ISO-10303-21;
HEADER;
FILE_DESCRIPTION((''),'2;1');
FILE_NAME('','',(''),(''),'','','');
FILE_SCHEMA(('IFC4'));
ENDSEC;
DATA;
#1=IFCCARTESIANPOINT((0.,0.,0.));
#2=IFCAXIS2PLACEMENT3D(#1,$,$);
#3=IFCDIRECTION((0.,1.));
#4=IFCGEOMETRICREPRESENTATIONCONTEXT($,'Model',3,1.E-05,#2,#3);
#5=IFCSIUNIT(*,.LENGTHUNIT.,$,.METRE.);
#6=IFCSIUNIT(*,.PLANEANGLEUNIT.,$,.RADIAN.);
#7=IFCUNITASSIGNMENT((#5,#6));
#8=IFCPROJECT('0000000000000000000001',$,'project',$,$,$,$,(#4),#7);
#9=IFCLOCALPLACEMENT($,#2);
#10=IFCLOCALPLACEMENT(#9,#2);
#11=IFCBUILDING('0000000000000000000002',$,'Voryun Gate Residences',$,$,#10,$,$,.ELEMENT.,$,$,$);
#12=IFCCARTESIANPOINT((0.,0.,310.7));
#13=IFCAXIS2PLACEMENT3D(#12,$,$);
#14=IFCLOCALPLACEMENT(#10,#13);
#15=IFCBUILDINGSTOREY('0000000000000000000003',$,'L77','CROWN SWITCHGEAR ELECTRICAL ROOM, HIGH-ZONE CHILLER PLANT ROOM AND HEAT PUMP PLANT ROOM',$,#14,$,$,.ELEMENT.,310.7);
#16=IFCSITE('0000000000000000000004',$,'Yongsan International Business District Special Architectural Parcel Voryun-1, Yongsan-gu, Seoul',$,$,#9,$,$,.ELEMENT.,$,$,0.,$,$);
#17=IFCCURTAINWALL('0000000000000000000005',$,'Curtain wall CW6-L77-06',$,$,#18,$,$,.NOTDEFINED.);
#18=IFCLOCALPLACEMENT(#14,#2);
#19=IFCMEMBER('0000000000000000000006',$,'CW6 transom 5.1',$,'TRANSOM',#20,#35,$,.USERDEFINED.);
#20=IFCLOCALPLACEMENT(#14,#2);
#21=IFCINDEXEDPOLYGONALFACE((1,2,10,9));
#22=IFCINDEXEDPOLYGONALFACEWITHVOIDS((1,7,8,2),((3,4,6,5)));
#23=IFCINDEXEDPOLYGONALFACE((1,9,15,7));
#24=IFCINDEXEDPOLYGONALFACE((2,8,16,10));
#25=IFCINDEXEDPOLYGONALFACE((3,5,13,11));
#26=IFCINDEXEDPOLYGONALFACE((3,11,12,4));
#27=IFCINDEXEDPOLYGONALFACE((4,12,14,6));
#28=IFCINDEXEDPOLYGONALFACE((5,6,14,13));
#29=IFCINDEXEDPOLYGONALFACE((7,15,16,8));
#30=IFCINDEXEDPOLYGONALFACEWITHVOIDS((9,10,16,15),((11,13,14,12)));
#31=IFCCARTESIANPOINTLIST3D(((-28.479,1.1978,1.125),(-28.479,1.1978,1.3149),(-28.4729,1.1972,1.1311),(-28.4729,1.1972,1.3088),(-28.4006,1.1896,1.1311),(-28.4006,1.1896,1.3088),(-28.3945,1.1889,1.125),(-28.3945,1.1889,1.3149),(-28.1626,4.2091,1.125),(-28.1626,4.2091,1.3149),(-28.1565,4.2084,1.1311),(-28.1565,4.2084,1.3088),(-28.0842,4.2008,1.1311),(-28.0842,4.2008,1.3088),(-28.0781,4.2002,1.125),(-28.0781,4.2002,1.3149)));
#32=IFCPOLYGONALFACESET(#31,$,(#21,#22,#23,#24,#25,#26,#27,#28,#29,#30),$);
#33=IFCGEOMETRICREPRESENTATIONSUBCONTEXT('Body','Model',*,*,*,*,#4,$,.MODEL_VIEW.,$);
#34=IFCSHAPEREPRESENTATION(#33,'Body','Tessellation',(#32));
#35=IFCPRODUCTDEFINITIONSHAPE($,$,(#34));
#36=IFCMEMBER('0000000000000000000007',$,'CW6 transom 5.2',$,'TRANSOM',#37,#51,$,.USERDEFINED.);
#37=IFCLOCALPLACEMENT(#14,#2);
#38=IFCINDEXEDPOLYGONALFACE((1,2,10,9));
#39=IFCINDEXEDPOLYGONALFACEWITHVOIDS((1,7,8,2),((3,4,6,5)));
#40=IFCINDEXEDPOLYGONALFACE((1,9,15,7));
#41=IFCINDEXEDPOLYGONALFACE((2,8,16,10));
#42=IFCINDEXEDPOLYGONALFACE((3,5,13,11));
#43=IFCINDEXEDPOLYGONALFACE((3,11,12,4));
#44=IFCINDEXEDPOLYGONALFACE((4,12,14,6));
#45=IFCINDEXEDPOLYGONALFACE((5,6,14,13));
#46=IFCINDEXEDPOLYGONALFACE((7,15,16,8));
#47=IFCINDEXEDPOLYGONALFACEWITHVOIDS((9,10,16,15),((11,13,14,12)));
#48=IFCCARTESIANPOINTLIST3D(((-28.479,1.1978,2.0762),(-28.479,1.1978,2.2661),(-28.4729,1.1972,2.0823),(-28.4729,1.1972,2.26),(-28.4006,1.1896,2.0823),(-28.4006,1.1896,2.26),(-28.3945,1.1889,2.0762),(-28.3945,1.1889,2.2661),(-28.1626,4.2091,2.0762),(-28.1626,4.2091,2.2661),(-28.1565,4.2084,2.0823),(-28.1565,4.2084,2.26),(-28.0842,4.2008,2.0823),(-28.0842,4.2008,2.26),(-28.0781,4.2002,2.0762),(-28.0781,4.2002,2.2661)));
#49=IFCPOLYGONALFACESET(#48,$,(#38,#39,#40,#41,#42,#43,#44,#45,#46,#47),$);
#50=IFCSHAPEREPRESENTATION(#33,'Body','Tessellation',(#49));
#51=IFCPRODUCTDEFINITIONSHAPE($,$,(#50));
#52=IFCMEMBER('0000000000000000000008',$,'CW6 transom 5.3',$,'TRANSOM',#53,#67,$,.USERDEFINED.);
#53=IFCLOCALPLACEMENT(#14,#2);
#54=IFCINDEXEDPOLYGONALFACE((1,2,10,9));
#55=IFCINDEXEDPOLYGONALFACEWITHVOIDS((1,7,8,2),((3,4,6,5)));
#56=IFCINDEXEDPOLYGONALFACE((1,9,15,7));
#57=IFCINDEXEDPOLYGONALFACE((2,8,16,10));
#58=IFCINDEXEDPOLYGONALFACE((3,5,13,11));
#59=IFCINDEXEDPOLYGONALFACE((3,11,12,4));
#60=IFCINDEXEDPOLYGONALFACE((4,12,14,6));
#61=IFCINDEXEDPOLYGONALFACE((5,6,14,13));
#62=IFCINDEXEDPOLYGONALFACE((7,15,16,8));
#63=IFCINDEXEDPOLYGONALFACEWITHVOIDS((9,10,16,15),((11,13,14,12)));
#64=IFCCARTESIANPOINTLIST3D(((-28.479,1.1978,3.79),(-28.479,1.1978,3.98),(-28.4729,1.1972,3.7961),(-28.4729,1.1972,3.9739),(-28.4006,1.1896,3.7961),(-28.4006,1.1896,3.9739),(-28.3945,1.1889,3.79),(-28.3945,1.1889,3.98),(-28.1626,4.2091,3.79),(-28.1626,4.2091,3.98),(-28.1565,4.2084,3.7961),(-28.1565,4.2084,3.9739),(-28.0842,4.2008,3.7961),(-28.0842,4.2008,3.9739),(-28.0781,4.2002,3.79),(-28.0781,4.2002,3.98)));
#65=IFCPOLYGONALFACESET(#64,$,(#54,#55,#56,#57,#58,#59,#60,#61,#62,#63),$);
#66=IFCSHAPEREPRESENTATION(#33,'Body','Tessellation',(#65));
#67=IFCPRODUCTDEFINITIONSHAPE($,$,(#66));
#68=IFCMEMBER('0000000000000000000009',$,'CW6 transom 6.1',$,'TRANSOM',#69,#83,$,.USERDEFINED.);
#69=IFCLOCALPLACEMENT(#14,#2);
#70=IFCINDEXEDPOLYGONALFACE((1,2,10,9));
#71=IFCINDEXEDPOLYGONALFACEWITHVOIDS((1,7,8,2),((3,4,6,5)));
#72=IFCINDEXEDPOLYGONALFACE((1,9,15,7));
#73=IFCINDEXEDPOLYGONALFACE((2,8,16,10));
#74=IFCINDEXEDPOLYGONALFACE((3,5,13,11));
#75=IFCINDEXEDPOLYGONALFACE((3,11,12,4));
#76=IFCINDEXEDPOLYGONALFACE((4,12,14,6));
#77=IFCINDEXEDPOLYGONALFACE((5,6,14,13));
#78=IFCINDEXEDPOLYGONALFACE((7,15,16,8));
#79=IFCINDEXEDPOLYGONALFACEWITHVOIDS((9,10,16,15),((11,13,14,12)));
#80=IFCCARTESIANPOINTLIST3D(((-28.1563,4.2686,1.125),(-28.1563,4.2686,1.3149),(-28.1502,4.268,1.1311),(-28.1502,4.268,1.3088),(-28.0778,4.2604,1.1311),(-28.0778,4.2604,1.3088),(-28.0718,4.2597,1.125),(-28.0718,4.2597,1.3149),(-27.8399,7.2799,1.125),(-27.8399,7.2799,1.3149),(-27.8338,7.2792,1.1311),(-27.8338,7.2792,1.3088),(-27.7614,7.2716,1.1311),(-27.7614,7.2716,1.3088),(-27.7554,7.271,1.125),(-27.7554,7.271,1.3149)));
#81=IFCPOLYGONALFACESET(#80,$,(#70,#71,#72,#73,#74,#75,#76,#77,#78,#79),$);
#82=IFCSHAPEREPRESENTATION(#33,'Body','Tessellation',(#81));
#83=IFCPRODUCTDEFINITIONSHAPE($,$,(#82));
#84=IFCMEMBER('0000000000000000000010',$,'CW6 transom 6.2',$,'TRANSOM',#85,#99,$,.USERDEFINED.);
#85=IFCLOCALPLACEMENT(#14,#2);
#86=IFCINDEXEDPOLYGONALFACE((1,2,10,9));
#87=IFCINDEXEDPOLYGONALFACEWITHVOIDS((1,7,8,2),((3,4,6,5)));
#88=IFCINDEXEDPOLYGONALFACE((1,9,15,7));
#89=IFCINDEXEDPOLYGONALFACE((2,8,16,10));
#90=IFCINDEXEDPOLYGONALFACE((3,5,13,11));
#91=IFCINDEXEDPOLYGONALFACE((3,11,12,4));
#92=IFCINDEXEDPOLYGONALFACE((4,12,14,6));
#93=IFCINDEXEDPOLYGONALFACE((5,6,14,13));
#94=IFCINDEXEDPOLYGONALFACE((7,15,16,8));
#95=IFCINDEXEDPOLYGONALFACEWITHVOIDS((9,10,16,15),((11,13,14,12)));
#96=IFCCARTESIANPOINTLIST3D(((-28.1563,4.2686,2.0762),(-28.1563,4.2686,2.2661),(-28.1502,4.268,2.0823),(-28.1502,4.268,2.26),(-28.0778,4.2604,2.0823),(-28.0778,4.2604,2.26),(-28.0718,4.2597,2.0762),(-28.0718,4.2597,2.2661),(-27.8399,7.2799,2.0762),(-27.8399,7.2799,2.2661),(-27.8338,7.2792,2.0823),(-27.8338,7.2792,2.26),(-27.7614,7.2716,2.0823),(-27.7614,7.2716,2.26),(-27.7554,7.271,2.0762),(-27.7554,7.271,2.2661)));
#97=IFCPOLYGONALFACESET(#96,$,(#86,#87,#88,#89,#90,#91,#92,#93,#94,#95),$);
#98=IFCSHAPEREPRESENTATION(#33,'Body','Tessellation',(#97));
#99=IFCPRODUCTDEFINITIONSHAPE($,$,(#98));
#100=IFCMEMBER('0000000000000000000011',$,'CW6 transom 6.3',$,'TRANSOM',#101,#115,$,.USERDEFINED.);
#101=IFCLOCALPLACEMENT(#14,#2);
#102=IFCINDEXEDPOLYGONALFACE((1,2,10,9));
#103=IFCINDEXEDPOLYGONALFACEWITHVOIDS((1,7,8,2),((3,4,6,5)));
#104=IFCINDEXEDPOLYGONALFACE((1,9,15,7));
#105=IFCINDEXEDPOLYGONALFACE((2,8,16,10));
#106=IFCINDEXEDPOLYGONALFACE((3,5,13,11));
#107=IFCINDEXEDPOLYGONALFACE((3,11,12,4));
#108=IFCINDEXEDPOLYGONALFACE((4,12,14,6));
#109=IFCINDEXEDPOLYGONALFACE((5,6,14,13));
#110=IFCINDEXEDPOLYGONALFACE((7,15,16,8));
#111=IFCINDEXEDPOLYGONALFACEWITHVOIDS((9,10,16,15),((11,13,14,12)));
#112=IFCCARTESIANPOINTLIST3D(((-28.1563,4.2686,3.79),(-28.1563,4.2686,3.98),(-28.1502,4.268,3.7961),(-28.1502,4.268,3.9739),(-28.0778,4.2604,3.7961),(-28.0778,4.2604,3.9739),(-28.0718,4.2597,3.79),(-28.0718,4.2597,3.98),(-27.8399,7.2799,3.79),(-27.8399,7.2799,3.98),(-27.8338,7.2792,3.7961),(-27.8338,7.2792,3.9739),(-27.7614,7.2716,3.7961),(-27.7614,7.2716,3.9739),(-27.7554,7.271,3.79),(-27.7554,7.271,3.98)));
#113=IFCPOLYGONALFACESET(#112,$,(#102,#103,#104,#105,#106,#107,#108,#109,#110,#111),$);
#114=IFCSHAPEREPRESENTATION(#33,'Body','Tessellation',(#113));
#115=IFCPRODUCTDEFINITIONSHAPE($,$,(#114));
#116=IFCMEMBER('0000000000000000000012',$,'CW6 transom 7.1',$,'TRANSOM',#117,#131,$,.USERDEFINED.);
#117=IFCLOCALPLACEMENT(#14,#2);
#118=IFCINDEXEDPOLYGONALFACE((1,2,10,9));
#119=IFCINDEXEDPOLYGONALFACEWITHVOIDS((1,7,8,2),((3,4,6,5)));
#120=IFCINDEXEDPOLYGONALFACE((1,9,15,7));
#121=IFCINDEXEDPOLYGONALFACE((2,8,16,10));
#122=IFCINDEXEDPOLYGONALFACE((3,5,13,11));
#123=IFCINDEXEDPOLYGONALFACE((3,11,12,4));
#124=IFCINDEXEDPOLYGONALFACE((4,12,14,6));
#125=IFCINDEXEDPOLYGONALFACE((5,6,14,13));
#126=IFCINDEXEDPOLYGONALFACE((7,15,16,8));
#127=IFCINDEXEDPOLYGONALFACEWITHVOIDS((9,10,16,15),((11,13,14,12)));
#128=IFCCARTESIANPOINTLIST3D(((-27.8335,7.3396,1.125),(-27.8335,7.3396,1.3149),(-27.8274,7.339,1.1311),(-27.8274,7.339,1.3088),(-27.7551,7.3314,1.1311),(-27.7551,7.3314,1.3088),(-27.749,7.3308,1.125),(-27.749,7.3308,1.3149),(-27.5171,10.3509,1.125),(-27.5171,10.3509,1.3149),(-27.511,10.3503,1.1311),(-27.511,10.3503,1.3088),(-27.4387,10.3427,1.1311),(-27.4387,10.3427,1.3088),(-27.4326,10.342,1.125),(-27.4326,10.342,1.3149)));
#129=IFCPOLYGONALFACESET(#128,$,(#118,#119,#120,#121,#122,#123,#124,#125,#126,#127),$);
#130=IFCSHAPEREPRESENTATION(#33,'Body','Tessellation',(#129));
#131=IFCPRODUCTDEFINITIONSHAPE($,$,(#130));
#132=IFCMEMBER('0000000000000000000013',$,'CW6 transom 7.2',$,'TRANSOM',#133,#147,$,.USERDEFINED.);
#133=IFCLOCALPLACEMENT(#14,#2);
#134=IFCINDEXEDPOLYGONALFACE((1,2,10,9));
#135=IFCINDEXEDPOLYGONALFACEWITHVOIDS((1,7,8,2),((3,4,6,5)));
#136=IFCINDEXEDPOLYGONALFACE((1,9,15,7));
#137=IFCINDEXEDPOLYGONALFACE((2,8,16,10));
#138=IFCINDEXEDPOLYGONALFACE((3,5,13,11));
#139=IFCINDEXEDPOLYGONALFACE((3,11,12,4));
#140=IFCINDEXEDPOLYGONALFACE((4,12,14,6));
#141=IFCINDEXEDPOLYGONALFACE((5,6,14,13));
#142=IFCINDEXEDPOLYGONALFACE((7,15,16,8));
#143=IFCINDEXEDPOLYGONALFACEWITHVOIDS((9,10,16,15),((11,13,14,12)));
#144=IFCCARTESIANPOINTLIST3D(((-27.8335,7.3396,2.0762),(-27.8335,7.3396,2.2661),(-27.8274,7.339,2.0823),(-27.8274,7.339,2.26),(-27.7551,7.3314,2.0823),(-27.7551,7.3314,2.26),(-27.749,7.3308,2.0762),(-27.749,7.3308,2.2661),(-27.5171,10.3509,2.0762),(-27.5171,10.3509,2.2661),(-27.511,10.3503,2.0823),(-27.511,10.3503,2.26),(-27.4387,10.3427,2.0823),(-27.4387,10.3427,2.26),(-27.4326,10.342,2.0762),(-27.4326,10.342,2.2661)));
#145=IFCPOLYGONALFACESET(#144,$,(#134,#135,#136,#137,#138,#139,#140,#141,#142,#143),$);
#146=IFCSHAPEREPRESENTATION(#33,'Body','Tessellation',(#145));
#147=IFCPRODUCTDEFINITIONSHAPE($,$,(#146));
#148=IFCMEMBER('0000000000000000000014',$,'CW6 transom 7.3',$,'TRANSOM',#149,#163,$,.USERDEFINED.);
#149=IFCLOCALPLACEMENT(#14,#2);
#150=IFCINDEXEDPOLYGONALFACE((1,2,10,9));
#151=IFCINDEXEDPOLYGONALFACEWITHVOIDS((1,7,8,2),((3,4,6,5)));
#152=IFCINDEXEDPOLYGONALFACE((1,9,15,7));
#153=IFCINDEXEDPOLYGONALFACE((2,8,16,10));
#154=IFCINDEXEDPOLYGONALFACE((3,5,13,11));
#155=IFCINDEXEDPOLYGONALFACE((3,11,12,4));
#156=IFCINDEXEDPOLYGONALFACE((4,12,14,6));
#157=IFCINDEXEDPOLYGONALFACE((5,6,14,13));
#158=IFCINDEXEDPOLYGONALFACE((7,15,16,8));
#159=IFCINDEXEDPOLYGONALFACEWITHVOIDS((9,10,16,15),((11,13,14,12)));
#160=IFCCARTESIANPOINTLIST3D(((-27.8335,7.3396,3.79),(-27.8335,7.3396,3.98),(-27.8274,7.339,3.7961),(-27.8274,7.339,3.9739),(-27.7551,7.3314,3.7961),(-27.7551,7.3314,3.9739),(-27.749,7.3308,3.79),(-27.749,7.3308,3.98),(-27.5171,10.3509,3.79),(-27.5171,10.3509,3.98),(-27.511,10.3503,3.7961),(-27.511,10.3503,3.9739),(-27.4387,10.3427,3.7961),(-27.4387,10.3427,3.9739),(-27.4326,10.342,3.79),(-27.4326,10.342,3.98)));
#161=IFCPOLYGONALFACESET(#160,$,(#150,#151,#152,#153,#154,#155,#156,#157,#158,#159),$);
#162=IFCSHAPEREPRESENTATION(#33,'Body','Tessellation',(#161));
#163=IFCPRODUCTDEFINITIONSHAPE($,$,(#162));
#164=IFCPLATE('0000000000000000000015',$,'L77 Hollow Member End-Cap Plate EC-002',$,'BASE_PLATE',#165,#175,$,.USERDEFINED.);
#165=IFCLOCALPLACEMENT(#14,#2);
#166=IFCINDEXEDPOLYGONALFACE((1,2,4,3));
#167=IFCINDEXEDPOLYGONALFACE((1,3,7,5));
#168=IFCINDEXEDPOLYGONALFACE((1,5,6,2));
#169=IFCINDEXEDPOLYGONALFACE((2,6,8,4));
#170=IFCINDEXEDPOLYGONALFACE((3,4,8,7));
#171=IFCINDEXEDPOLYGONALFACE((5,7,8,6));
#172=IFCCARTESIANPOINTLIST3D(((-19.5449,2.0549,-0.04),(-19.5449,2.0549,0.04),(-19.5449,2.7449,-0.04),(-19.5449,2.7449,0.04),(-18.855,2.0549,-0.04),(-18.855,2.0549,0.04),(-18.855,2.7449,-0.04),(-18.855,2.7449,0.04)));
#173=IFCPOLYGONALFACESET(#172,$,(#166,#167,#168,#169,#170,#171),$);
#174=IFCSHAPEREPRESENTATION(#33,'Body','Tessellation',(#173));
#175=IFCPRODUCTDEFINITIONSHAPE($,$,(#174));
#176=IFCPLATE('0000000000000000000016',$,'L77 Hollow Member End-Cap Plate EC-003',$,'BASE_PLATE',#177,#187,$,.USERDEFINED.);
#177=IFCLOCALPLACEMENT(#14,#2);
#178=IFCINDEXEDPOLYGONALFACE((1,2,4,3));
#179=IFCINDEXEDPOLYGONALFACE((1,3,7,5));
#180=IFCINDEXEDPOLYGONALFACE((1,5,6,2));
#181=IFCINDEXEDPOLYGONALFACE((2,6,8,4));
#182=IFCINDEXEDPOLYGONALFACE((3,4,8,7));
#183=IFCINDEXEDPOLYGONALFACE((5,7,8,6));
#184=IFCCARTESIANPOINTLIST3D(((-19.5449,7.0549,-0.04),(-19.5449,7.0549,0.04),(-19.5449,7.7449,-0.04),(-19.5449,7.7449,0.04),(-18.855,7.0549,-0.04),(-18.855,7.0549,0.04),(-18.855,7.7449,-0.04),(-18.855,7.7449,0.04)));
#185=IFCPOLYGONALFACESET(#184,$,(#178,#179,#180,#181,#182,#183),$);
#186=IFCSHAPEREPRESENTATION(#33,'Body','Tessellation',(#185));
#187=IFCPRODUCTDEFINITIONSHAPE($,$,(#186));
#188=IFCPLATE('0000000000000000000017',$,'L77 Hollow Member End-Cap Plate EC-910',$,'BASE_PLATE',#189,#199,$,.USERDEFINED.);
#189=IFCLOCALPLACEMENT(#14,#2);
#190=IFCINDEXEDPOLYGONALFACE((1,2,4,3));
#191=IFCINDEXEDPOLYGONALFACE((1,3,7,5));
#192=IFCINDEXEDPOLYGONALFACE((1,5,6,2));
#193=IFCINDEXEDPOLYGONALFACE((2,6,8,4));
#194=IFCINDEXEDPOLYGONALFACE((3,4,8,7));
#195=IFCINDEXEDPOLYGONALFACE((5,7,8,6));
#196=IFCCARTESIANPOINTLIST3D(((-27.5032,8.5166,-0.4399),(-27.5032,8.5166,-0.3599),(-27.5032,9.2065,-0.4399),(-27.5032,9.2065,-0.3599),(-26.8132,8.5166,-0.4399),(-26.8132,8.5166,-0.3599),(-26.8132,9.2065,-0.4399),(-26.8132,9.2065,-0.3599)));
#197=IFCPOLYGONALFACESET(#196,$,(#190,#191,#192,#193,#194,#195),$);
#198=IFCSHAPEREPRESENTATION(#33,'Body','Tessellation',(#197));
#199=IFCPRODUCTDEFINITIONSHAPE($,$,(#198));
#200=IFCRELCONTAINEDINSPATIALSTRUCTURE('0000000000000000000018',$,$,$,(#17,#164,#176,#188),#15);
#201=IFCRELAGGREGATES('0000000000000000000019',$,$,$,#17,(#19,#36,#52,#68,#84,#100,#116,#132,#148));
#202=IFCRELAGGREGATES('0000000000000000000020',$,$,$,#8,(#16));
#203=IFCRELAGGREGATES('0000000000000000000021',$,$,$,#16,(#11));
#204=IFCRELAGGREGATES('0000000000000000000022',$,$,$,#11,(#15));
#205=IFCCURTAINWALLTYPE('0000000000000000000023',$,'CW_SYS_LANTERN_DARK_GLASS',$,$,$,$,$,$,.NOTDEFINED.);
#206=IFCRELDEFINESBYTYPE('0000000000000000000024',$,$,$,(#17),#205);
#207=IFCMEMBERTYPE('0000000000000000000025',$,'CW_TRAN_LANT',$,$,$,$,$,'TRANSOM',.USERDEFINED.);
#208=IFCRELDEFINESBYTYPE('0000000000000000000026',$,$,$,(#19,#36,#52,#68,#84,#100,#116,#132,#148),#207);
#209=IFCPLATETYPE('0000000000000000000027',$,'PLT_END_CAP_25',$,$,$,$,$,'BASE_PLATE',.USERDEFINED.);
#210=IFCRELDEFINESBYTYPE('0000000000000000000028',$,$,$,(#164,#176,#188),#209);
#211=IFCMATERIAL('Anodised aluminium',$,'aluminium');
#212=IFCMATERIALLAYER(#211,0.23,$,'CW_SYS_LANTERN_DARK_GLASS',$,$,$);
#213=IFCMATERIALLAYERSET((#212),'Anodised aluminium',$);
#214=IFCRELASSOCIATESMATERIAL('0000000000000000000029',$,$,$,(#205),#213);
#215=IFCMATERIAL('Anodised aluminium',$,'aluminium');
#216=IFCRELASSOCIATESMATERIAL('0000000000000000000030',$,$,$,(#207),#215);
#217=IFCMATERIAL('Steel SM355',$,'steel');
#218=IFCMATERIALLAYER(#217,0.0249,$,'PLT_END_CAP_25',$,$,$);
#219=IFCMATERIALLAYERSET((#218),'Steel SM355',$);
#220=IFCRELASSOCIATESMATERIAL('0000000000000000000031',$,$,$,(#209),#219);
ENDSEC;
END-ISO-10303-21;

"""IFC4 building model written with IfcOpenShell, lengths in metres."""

from ifc_helpers import new_model, si_unit, direction, frame, origin, origin_2d, place, context, subcontext, project, spatial, rectangle, hollow_rectangle, extrude, material, layer, layer_set, material_profile, profile_set, type_object, element, aggregate, save


model = new_model("IFC4")

# Units and contexts
model_context = context("Model", 3, precision=1e-05, world=origin(), true_north=direction((0.0, 1.0)))
body_context = subcontext(model_context, "Body", "Model", "MODEL_VIEW")
ifc_project = project(units=[si_unit("LENGTHUNIT", "METRE"), si_unit("PLANEANGLEUNIT", "RADIAN")], contexts=[model_context])

# Site, building, storey
site_placement = place(None, origin())
site = spatial("IfcSite", under=ifc_project, at=site_placement, Name="Yongsan International Business District Special Architectural Parcel Voryun-1, Yongsan-gu, Seoul", CompositionType="ELEMENT", RefElevation=0.0)
building_placement = place(site_placement, origin())
building = spatial("IfcBuilding", under=site, at=building_placement, Name="Voryun Gate Residences", CompositionType="ELEMENT")
storey_placement = place(building_placement, frame((0.0, 0.0, 310.7)))
storey = spatial("IfcBuildingStorey", under=building, at=storey_placement, Name="L77", Description="CROWN SWITCHGEAR ELECTRICAL ROOM, HIGH-ZONE CHILLER PLANT ROOM AND HEAT PUMP PLANT ROOM", CompositionType="ELEMENT", Elevation=310.7)

# Curtain wall, members
ifc_material_1 = material(Name="Anodised aluminium", Category="aluminium")
ifc_layer_1 = layer(ifc_material_1, 0.23, Name="CW_SYS_LANTERN_DARK_GLASS")
ifc_layer_set_1 = layer_set([ifc_layer_1], Name="Anodised aluminium")
curtain_wall_type = type_object("IfcCurtainWallType", Name="CW_SYS_LANTERN_DARK_GLASS", PredefinedType="NOTDEFINED", material=ifc_layer_set_1)
curtain_wall_placement = place(storey_placement, origin())
curtain_wall = element("IfcCurtainWall", 1, at=curtain_wall_placement, inside=storey, type_object=curtain_wall_type, Name="Curtain wall CW6-L77-06", PredefinedType="NOTDEFINED")
ifc_material_2 = material(Name="Anodised aluminium", Category="aluminium")
ifc_material_profile_1 = material_profile(ifc_material_2, hollow_rectangle(XDim=0.085, YDim=0.1899, WallThickness=0.0061, at=origin_2d()), Name="ALU-TRAN-190x85x6")
ifc_profile_set_1 = profile_set([ifc_material_profile_1], Name="Anodised aluminium")
member_type_1 = type_object("IfcMemberType", Name="CW_TRAN_LANT", ElementType="TRANSOM", PredefinedType="USERDEFINED", material=ifc_profile_set_1)
member_1_placement = place(storey_placement, frame((-28.4368, 1.1934, 1.22), z_axis=(0.1045, 0.994525, 0.0), x_axis=(-0.994525, 0.1045, 0.0)))
member_1 = element("IfcMember", 2, at=member_1_placement, type_object=member_type_1, Name="CW6 transom 5.1", ObjectType="TRANSOM", PredefinedType="USERDEFINED", context=body_context, shape_type="SweptSolid", body=[
    extrude(hollow_rectangle(XDim=0.085, YDim=0.1899, WallThickness=0.0061, at=origin_2d()), origin(), (0.0, 0.0, 1.0), 3.0278),
])
member_2_placement = place(storey_placement, frame((-28.4368, 1.1934, 2.1711), z_axis=(0.1045, 0.994525, 0.0), x_axis=(-0.994525, 0.1045, 0.0)))
member_2 = element("IfcMember", 3, at=member_2_placement, type_object=member_type_1, Name="CW6 transom 5.2", ObjectType="TRANSOM", PredefinedType="USERDEFINED", context=body_context, shape_type="SweptSolid", body=[
    extrude(hollow_rectangle(XDim=0.085, YDim=0.1899, WallThickness=0.0061, at=origin_2d()), origin(), (0.0, 0.0, 1.0), 3.0278),
])
member_3_placement = place(storey_placement, frame((-28.4368, 1.1934, 3.885), z_axis=(0.1045, 0.994525, 0.0), x_axis=(-0.994525, 0.1045, 0.0)))
member_3 = element("IfcMember", 4, at=member_3_placement, type_object=member_type_1, Name="CW6 transom 5.3", ObjectType="TRANSOM", PredefinedType="USERDEFINED", context=body_context, shape_type="SweptSolid", body=[
    extrude(hollow_rectangle(XDim=0.085, YDim=0.1899, WallThickness=0.0061, at=origin_2d()), origin(), (0.0, 0.0, 1.0), 3.0278),
])
member_4_placement = place(storey_placement, frame((-28.114, 4.2642, 1.22), z_axis=(0.1045, 0.994525, 0.0), x_axis=(-0.994525, 0.1045, 0.0)))
member_4 = element("IfcMember", 5, at=member_4_placement, type_object=member_type_1, Name="CW6 transom 6.1", ObjectType="TRANSOM", PredefinedType="USERDEFINED", context=body_context, shape_type="SweptSolid", body=[
    extrude(hollow_rectangle(XDim=0.085, YDim=0.1899, WallThickness=0.0061, at=origin_2d()), origin(), (0.0, 0.0, 1.0), 3.0278),
])
member_5_placement = place(storey_placement, frame((-28.114, 4.2642, 2.1711), z_axis=(0.1045, 0.994525, 0.0), x_axis=(-0.994525, 0.1045, 0.0)))
member_5 = element("IfcMember", 6, at=member_5_placement, type_object=member_type_1, Name="CW6 transom 6.2", ObjectType="TRANSOM", PredefinedType="USERDEFINED", context=body_context, shape_type="SweptSolid", body=[
    extrude(hollow_rectangle(XDim=0.085, YDim=0.1899, WallThickness=0.0061, at=origin_2d()), origin(), (0.0, 0.0, 1.0), 3.0278),
])
member_6_placement = place(storey_placement, frame((-28.114, 4.2642, 3.885), z_axis=(0.1045, 0.994525, 0.0), x_axis=(-0.994525, 0.1045, 0.0)))
member_6 = element("IfcMember", 7, at=member_6_placement, type_object=member_type_1, Name="CW6 transom 6.3", ObjectType="TRANSOM", PredefinedType="USERDEFINED", context=body_context, shape_type="SweptSolid", body=[
    extrude(hollow_rectangle(XDim=0.085, YDim=0.1899, WallThickness=0.0061, at=origin_2d()), origin(), (0.0, 0.0, 1.0), 3.0278),
])
member_7_placement = place(storey_placement, frame((-27.7913, 7.3352, 1.22), z_axis=(0.1045, 0.994525, 0.0), x_axis=(-0.994525, 0.1045, 0.0)))
member_7 = element("IfcMember", 8, at=member_7_placement, type_object=member_type_1, Name="CW6 transom 7.1", ObjectType="TRANSOM", PredefinedType="USERDEFINED", context=body_context, shape_type="SweptSolid", body=[
    extrude(hollow_rectangle(XDim=0.085, YDim=0.1899, WallThickness=0.0061, at=origin_2d()), origin(), (0.0, 0.0, 1.0), 3.0278),
])
member_8_placement = place(storey_placement, frame((-27.7913, 7.3352, 2.1711), z_axis=(0.1045, 0.994525, 0.0), x_axis=(-0.994525, 0.1045, 0.0)))
member_8 = element("IfcMember", 9, at=member_8_placement, type_object=member_type_1, Name="CW6 transom 7.2", ObjectType="TRANSOM", PredefinedType="USERDEFINED", context=body_context, shape_type="SweptSolid", body=[
    extrude(hollow_rectangle(XDim=0.085, YDim=0.1899, WallThickness=0.0061, at=origin_2d()), origin(), (0.0, 0.0, 1.0), 3.0278),
])
member_9_placement = place(storey_placement, frame((-27.7913, 7.3352, 3.885), z_axis=(0.1045, 0.994525, 0.0), x_axis=(-0.994525, 0.1045, 0.0)))
member_9 = element("IfcMember", 10, at=member_9_placement, type_object=member_type_1, Name="CW6 transom 7.3", ObjectType="TRANSOM", PredefinedType="USERDEFINED", context=body_context, shape_type="SweptSolid", body=[
    extrude(hollow_rectangle(XDim=0.085, YDim=0.1899, WallThickness=0.0061, at=origin_2d()), origin(), (0.0, 0.0, 1.0), 3.0278),
])

# Plates
ifc_material_3 = material(Name="Steel SM355", Category="steel")
ifc_layer_2 = layer(ifc_material_3, 0.0249, Name="PLT_END_CAP_25")
ifc_layer_set_2 = layer_set([ifc_layer_2], Name="Steel SM355")
plate_type_1 = type_object("IfcPlateType", Name="PLT_END_CAP_25", ElementType="BASE_PLATE", PredefinedType="USERDEFINED", material=ifc_layer_set_2)
for number, where, z_axis, x_axis, name in (
    (11, (-19.2, 2.3999, -0.04), (0.0, 0.0, 1.0), (1.0, 0.0, 0.0), "L77 Hollow Member End-Cap Plate EC-002"),
    (12, (-19.2, 7.3999, -0.04), (0.0, 0.0, 1.0), (1.0, 0.0, 0.0), "L77 Hollow Member End-Cap Plate EC-003"),
    (13, (-27.1582, 8.8616, -0.4399), (0.0, 0.0, 1.0), (1.0, 0.0, 0.0), "L77 Hollow Member End-Cap Plate EC-910"),
):
    element("IfcPlate", number, at=place(storey_placement, frame(where, z_axis=z_axis, x_axis=x_axis)), inside=storey, type_object=plate_type_1, Name=name, ObjectType="BASE_PLATE", PredefinedType="USERDEFINED", context=body_context, shape_type="SweptSolid", body=[
        extrude(rectangle(XDim=0.6899, YDim=0.6899, at=origin_2d()), origin(), (0.0, 0.0, 1.0), 0.0801),
    ])

aggregate(curtain_wall, [member_1, member_2, member_3, member_4, member_5, member_6, member_7, member_8, member_9])

save(model, "model.ifc")
